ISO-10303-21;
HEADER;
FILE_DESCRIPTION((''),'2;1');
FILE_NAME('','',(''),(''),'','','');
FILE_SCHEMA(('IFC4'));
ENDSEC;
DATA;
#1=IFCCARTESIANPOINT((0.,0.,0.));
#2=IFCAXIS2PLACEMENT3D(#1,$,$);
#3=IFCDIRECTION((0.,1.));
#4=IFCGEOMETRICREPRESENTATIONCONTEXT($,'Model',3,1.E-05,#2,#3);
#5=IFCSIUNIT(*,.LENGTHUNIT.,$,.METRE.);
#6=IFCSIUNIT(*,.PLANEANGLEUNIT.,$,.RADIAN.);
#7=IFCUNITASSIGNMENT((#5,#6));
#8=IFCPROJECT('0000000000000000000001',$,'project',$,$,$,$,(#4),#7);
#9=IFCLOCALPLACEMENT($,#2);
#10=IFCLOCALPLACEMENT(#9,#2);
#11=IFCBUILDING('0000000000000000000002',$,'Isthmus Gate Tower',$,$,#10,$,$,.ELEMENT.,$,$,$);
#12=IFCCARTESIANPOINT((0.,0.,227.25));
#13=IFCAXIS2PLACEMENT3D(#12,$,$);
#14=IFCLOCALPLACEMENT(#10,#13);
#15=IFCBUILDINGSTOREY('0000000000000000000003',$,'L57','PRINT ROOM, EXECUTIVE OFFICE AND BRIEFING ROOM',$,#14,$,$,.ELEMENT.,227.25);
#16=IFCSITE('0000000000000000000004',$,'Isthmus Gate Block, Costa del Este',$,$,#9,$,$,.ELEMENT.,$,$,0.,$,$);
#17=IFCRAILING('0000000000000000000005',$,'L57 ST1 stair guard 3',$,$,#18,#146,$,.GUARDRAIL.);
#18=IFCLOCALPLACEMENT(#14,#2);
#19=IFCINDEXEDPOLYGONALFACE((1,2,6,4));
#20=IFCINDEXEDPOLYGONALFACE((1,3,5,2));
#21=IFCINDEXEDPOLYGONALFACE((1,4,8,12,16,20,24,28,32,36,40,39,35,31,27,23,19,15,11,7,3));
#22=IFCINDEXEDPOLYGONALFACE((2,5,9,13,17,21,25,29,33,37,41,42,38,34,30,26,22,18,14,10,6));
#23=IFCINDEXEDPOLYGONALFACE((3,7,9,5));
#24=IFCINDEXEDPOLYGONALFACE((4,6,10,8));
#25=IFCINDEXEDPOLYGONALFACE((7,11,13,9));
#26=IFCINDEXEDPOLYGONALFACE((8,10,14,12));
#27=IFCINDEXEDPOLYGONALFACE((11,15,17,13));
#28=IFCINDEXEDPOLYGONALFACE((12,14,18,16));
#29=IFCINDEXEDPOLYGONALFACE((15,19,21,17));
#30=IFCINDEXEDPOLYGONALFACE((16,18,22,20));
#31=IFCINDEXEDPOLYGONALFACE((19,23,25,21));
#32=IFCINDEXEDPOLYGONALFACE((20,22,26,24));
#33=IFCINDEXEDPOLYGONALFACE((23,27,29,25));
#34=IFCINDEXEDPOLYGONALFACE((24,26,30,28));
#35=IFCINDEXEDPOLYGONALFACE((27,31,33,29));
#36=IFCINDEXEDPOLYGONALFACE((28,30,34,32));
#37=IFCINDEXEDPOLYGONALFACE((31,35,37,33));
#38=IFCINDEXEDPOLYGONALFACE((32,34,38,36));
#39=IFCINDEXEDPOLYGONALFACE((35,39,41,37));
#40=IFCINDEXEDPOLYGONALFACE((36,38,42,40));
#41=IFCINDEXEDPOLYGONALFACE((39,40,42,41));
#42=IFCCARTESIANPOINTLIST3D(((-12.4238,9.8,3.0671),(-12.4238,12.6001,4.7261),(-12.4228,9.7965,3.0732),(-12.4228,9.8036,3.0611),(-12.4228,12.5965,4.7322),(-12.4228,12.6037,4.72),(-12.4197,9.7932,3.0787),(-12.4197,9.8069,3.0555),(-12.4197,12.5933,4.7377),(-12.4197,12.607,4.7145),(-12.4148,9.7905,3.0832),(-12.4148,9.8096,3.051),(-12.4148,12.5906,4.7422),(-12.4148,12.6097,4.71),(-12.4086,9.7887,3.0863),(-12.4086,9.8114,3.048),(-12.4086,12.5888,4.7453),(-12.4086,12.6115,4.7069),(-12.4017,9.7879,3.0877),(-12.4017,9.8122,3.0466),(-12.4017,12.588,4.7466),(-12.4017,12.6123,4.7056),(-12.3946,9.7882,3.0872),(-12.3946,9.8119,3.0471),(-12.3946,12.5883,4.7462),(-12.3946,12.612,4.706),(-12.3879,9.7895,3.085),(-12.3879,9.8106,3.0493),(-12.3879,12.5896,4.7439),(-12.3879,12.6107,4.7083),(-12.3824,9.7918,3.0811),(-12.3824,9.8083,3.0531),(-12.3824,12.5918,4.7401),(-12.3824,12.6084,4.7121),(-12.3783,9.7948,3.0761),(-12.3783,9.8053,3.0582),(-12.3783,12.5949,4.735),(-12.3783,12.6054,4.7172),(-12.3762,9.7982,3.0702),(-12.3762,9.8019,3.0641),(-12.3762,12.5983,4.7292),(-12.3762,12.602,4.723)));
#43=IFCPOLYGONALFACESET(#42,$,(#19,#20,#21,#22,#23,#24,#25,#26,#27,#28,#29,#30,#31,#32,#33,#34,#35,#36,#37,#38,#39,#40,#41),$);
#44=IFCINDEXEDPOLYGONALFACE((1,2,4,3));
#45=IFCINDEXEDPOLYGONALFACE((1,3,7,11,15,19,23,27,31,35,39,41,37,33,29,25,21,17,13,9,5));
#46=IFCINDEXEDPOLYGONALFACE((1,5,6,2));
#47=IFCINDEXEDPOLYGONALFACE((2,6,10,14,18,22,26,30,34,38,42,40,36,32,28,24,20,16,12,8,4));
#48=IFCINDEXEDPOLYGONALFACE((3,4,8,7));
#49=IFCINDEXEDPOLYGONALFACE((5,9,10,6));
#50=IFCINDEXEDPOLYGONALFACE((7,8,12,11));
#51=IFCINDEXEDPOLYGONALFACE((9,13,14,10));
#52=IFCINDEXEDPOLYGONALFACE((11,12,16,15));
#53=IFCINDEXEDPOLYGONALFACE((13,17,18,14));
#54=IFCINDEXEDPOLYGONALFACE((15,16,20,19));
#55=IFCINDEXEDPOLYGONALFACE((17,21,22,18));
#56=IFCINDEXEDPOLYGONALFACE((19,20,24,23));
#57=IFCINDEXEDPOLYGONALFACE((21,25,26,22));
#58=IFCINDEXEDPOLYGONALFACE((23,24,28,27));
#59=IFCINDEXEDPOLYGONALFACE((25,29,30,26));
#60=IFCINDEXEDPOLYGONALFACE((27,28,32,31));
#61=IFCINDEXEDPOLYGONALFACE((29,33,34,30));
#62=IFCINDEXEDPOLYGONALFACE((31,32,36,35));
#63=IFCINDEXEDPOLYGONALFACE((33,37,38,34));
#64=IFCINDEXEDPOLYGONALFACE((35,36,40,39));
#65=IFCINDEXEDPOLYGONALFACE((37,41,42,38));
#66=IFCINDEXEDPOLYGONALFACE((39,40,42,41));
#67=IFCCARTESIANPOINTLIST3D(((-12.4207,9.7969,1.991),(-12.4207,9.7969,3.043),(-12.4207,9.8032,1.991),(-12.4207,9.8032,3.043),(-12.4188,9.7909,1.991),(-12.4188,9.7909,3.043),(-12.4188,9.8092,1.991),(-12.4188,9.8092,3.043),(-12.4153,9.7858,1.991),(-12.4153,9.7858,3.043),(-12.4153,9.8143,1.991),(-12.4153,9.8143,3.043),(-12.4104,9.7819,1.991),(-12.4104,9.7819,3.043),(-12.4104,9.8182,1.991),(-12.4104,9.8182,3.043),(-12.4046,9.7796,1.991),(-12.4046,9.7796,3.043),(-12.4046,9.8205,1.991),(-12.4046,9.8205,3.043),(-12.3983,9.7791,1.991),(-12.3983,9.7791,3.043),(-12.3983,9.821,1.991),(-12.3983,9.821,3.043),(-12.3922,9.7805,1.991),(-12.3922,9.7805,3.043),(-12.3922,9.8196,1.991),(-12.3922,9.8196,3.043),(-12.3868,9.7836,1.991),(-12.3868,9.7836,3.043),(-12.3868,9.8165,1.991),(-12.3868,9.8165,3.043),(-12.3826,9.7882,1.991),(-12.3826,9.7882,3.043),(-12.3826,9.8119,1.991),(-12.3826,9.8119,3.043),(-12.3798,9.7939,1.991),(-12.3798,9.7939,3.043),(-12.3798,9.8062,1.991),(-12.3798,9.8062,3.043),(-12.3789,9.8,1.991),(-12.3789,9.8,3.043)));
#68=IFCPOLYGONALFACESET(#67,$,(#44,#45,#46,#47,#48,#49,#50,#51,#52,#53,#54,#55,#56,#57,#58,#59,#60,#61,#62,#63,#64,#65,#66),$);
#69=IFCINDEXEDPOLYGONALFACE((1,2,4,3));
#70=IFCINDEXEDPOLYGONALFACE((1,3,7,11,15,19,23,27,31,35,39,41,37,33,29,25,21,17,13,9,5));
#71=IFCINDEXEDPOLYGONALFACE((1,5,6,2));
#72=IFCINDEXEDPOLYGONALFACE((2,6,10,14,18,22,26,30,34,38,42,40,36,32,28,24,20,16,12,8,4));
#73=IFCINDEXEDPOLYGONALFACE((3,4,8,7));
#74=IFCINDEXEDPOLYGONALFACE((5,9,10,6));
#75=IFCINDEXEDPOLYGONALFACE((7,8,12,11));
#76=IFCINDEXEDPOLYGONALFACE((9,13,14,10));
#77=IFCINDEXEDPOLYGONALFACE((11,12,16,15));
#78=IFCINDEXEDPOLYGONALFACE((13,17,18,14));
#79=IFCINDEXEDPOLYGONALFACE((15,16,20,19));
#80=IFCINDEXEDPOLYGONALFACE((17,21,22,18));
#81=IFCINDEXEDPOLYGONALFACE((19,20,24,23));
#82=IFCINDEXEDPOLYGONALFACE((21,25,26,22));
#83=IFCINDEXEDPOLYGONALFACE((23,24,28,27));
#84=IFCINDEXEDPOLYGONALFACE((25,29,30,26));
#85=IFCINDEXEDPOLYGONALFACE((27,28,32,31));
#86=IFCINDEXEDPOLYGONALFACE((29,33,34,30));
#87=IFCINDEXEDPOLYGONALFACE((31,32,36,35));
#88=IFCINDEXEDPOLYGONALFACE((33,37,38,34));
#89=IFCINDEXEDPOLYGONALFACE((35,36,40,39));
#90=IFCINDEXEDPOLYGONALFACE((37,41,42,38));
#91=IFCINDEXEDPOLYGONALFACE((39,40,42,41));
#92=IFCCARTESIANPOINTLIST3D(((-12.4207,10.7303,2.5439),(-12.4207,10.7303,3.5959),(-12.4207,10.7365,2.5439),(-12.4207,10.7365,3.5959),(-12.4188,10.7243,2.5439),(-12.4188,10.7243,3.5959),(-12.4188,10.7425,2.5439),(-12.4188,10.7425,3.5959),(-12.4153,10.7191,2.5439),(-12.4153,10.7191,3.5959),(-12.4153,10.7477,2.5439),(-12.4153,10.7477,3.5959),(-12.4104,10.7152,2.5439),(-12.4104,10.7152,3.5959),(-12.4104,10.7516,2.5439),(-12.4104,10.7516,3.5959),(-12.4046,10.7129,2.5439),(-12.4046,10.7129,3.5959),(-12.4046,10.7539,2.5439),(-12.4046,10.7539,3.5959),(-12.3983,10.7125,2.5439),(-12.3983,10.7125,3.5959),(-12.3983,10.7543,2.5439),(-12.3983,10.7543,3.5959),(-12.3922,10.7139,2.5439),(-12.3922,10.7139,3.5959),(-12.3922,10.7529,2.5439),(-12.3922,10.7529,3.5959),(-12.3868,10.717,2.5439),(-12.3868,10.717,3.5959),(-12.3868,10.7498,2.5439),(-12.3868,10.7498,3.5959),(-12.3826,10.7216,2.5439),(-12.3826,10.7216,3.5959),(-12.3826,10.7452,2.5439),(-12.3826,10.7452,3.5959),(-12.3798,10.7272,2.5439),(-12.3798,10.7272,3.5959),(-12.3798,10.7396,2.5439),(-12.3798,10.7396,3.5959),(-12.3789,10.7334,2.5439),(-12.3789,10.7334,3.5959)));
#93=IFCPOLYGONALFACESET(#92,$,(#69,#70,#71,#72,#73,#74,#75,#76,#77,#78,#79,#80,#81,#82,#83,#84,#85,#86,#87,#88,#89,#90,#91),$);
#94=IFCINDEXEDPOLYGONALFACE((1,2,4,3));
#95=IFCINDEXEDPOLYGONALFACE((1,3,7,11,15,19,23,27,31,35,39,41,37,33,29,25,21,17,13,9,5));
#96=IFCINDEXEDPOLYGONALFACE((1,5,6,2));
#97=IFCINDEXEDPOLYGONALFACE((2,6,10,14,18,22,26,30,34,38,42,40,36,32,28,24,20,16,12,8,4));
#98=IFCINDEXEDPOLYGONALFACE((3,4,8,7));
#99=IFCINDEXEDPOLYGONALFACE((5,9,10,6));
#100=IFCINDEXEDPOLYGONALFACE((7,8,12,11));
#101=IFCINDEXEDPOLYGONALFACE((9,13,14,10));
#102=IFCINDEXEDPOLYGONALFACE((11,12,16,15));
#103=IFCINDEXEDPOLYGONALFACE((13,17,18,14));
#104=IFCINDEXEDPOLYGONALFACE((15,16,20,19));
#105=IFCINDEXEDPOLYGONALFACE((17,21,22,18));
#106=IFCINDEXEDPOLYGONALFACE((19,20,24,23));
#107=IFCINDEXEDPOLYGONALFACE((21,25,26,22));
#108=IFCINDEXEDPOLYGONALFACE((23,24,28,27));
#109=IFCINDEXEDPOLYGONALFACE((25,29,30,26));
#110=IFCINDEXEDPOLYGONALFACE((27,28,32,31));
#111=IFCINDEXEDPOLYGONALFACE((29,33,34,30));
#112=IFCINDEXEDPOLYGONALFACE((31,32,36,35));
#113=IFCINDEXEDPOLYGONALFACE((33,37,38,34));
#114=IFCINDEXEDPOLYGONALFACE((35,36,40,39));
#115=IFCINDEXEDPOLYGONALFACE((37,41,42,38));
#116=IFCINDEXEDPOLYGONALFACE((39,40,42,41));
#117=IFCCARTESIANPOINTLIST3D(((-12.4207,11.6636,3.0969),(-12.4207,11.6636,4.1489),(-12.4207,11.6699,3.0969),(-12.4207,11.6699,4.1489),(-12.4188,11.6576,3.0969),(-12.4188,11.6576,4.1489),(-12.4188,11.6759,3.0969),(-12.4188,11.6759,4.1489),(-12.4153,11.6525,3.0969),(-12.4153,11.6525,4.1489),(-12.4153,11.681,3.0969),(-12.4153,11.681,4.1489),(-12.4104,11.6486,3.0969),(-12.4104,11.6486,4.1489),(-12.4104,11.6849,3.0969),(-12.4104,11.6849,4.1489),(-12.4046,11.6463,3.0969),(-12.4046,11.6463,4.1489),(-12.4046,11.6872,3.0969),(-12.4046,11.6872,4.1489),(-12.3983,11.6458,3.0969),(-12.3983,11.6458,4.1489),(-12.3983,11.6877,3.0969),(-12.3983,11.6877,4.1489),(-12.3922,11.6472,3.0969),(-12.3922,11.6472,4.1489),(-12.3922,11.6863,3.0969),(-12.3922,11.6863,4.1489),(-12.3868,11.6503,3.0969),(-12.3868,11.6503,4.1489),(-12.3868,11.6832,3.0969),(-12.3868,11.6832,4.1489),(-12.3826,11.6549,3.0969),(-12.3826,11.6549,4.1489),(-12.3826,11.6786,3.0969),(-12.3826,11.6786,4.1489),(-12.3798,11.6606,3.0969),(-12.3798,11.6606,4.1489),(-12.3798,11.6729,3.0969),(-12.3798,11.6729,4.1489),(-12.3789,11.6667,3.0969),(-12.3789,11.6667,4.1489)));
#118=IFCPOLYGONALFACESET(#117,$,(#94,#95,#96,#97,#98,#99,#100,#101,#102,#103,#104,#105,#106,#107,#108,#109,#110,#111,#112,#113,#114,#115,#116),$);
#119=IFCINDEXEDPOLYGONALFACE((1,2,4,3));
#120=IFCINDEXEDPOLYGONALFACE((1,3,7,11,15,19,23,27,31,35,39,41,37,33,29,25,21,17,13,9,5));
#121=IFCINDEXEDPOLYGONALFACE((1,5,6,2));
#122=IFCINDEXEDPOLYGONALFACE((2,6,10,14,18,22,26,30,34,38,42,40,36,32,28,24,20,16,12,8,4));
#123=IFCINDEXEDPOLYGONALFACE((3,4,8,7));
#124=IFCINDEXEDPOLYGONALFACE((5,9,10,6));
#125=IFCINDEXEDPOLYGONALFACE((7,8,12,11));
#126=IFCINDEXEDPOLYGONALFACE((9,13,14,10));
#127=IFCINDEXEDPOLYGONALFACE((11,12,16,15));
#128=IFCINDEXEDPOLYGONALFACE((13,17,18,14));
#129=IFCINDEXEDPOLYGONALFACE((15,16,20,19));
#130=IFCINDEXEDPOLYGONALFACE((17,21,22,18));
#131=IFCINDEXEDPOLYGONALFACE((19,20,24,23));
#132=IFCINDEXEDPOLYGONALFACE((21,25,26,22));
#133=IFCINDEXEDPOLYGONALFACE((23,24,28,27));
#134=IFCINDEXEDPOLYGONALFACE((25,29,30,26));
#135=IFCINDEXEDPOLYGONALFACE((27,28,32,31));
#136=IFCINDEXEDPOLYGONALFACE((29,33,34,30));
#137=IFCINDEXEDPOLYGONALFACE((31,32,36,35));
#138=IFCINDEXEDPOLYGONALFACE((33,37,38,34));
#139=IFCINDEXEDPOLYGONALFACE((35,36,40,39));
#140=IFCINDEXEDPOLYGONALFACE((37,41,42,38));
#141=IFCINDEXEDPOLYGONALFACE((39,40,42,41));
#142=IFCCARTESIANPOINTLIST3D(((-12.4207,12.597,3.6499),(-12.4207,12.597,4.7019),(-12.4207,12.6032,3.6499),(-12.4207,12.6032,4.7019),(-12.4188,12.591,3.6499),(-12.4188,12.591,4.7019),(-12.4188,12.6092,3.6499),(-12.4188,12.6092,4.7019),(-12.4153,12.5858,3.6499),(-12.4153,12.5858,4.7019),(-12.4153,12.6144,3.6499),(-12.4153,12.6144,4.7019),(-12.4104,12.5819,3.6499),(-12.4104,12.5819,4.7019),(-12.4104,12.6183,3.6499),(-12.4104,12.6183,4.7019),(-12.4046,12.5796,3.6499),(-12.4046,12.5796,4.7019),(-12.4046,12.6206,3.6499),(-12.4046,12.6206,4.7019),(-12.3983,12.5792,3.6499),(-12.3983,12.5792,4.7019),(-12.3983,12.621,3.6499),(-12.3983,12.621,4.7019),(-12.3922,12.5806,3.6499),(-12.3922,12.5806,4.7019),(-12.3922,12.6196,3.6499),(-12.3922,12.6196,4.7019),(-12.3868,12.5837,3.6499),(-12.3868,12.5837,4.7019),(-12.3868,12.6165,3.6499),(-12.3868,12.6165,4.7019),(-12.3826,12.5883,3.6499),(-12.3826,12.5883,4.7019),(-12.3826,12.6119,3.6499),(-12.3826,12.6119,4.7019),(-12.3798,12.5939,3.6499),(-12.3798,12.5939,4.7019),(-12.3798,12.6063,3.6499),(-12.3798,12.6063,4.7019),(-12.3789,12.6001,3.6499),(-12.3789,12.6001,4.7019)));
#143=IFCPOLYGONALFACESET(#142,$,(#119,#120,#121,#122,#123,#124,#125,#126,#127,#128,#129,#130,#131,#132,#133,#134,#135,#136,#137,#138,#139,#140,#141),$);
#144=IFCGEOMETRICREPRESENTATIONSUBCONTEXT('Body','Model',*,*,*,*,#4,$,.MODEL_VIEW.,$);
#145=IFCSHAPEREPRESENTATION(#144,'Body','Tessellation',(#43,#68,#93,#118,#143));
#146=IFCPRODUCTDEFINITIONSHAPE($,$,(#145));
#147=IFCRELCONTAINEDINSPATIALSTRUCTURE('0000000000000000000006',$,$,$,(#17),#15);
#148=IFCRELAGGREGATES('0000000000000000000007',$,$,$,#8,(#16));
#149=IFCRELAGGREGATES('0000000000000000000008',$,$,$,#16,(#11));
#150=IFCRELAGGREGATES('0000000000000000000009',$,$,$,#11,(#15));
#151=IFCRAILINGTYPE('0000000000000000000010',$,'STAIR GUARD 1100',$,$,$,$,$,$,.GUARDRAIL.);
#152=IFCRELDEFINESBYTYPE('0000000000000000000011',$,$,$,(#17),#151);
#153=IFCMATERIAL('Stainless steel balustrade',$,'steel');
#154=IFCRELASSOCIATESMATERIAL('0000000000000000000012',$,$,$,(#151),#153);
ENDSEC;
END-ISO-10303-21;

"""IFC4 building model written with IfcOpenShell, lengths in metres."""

from ifc_helpers import new_model, si_unit, direction, frame, origin, origin_2d, place, context, subcontext, project, spatial, circle, extrude, material, type_object, element, save


model = new_model("IFC4")

# Units and contexts
model_context = context("Model", 3, precision=1e-05, world=origin(), true_north=direction((0.0, 1.0)))
body_context = subcontext(model_context, "Body", "Model", "MODEL_VIEW")
ifc_project = project(units=[si_unit("LENGTHUNIT", "METRE"), si_unit("PLANEANGLEUNIT", "RADIAN")], contexts=[model_context])

# Site, building, storey
site_placement = place(None, origin())
site = spatial("IfcSite", under=ifc_project, at=site_placement, Name="Isthmus Gate Block, Costa del Este", CompositionType="ELEMENT", RefElevation=0.0)
building_placement = place(site_placement, origin())
building = spatial("IfcBuilding", under=site, at=building_placement, Name="Isthmus Gate Tower", CompositionType="ELEMENT")
storey_placement = place(building_placement, frame((0.0, 0.0, 227.25)))
storey = spatial("IfcBuildingStorey", under=building, at=storey_placement, Name="L57", Description="PRINT ROOM, EXECUTIVE OFFICE AND BRIEFING ROOM", CompositionType="ELEMENT", Elevation=227.25)

# Railing
ifc_material_1 = material(Name="Stainless steel balustrade", Category="steel")
railing_type_1 = type_object("IfcRailingType", Name="STAIR GUARD 1100", PredefinedType="GUARDRAIL", material=ifc_material_1)
railing_1_placement = place(storey_placement, frame((-12.3999, 9.8, 1.991)))
element("IfcRailing", 1, at=railing_1_placement, inside=storey, type_object=railing_type_1, Name="L57 ST1 stair guard 3", PredefinedType="GUARDRAIL", context=body_context, shape_type="SweptSolid", body=[
    extrude(circle(Radius=0.0239, at=origin_2d()), frame((0.0, 0.0, 1.0762), z_axis=(0.0, 0.860339, 0.509722), x_axis=(-1.0, 0.0, 0.0)), (0.0, 0.0, 1.0), 3.2546),
    extrude(circle(Radius=0.021, at=origin_2d()), origin(), (0.0, 0.0, 1.0), 1.052),
    extrude(circle(Radius=0.021, at=origin_2d()), frame((0.0, 0.9333, 0.553)), (0.0, 0.0, 1.0), 1.052),
    extrude(circle(Radius=0.021, at=origin_2d()), frame((0.0, 1.8667, 1.106)), (0.0, 0.0, 1.0), 1.052),
    extrude(circle(Radius=0.021, at=origin_2d()), frame((0.0, 2.8, 1.6589)), (0.0, 0.0, 1.0), 1.052),
])

save(model, "model.ifc")
